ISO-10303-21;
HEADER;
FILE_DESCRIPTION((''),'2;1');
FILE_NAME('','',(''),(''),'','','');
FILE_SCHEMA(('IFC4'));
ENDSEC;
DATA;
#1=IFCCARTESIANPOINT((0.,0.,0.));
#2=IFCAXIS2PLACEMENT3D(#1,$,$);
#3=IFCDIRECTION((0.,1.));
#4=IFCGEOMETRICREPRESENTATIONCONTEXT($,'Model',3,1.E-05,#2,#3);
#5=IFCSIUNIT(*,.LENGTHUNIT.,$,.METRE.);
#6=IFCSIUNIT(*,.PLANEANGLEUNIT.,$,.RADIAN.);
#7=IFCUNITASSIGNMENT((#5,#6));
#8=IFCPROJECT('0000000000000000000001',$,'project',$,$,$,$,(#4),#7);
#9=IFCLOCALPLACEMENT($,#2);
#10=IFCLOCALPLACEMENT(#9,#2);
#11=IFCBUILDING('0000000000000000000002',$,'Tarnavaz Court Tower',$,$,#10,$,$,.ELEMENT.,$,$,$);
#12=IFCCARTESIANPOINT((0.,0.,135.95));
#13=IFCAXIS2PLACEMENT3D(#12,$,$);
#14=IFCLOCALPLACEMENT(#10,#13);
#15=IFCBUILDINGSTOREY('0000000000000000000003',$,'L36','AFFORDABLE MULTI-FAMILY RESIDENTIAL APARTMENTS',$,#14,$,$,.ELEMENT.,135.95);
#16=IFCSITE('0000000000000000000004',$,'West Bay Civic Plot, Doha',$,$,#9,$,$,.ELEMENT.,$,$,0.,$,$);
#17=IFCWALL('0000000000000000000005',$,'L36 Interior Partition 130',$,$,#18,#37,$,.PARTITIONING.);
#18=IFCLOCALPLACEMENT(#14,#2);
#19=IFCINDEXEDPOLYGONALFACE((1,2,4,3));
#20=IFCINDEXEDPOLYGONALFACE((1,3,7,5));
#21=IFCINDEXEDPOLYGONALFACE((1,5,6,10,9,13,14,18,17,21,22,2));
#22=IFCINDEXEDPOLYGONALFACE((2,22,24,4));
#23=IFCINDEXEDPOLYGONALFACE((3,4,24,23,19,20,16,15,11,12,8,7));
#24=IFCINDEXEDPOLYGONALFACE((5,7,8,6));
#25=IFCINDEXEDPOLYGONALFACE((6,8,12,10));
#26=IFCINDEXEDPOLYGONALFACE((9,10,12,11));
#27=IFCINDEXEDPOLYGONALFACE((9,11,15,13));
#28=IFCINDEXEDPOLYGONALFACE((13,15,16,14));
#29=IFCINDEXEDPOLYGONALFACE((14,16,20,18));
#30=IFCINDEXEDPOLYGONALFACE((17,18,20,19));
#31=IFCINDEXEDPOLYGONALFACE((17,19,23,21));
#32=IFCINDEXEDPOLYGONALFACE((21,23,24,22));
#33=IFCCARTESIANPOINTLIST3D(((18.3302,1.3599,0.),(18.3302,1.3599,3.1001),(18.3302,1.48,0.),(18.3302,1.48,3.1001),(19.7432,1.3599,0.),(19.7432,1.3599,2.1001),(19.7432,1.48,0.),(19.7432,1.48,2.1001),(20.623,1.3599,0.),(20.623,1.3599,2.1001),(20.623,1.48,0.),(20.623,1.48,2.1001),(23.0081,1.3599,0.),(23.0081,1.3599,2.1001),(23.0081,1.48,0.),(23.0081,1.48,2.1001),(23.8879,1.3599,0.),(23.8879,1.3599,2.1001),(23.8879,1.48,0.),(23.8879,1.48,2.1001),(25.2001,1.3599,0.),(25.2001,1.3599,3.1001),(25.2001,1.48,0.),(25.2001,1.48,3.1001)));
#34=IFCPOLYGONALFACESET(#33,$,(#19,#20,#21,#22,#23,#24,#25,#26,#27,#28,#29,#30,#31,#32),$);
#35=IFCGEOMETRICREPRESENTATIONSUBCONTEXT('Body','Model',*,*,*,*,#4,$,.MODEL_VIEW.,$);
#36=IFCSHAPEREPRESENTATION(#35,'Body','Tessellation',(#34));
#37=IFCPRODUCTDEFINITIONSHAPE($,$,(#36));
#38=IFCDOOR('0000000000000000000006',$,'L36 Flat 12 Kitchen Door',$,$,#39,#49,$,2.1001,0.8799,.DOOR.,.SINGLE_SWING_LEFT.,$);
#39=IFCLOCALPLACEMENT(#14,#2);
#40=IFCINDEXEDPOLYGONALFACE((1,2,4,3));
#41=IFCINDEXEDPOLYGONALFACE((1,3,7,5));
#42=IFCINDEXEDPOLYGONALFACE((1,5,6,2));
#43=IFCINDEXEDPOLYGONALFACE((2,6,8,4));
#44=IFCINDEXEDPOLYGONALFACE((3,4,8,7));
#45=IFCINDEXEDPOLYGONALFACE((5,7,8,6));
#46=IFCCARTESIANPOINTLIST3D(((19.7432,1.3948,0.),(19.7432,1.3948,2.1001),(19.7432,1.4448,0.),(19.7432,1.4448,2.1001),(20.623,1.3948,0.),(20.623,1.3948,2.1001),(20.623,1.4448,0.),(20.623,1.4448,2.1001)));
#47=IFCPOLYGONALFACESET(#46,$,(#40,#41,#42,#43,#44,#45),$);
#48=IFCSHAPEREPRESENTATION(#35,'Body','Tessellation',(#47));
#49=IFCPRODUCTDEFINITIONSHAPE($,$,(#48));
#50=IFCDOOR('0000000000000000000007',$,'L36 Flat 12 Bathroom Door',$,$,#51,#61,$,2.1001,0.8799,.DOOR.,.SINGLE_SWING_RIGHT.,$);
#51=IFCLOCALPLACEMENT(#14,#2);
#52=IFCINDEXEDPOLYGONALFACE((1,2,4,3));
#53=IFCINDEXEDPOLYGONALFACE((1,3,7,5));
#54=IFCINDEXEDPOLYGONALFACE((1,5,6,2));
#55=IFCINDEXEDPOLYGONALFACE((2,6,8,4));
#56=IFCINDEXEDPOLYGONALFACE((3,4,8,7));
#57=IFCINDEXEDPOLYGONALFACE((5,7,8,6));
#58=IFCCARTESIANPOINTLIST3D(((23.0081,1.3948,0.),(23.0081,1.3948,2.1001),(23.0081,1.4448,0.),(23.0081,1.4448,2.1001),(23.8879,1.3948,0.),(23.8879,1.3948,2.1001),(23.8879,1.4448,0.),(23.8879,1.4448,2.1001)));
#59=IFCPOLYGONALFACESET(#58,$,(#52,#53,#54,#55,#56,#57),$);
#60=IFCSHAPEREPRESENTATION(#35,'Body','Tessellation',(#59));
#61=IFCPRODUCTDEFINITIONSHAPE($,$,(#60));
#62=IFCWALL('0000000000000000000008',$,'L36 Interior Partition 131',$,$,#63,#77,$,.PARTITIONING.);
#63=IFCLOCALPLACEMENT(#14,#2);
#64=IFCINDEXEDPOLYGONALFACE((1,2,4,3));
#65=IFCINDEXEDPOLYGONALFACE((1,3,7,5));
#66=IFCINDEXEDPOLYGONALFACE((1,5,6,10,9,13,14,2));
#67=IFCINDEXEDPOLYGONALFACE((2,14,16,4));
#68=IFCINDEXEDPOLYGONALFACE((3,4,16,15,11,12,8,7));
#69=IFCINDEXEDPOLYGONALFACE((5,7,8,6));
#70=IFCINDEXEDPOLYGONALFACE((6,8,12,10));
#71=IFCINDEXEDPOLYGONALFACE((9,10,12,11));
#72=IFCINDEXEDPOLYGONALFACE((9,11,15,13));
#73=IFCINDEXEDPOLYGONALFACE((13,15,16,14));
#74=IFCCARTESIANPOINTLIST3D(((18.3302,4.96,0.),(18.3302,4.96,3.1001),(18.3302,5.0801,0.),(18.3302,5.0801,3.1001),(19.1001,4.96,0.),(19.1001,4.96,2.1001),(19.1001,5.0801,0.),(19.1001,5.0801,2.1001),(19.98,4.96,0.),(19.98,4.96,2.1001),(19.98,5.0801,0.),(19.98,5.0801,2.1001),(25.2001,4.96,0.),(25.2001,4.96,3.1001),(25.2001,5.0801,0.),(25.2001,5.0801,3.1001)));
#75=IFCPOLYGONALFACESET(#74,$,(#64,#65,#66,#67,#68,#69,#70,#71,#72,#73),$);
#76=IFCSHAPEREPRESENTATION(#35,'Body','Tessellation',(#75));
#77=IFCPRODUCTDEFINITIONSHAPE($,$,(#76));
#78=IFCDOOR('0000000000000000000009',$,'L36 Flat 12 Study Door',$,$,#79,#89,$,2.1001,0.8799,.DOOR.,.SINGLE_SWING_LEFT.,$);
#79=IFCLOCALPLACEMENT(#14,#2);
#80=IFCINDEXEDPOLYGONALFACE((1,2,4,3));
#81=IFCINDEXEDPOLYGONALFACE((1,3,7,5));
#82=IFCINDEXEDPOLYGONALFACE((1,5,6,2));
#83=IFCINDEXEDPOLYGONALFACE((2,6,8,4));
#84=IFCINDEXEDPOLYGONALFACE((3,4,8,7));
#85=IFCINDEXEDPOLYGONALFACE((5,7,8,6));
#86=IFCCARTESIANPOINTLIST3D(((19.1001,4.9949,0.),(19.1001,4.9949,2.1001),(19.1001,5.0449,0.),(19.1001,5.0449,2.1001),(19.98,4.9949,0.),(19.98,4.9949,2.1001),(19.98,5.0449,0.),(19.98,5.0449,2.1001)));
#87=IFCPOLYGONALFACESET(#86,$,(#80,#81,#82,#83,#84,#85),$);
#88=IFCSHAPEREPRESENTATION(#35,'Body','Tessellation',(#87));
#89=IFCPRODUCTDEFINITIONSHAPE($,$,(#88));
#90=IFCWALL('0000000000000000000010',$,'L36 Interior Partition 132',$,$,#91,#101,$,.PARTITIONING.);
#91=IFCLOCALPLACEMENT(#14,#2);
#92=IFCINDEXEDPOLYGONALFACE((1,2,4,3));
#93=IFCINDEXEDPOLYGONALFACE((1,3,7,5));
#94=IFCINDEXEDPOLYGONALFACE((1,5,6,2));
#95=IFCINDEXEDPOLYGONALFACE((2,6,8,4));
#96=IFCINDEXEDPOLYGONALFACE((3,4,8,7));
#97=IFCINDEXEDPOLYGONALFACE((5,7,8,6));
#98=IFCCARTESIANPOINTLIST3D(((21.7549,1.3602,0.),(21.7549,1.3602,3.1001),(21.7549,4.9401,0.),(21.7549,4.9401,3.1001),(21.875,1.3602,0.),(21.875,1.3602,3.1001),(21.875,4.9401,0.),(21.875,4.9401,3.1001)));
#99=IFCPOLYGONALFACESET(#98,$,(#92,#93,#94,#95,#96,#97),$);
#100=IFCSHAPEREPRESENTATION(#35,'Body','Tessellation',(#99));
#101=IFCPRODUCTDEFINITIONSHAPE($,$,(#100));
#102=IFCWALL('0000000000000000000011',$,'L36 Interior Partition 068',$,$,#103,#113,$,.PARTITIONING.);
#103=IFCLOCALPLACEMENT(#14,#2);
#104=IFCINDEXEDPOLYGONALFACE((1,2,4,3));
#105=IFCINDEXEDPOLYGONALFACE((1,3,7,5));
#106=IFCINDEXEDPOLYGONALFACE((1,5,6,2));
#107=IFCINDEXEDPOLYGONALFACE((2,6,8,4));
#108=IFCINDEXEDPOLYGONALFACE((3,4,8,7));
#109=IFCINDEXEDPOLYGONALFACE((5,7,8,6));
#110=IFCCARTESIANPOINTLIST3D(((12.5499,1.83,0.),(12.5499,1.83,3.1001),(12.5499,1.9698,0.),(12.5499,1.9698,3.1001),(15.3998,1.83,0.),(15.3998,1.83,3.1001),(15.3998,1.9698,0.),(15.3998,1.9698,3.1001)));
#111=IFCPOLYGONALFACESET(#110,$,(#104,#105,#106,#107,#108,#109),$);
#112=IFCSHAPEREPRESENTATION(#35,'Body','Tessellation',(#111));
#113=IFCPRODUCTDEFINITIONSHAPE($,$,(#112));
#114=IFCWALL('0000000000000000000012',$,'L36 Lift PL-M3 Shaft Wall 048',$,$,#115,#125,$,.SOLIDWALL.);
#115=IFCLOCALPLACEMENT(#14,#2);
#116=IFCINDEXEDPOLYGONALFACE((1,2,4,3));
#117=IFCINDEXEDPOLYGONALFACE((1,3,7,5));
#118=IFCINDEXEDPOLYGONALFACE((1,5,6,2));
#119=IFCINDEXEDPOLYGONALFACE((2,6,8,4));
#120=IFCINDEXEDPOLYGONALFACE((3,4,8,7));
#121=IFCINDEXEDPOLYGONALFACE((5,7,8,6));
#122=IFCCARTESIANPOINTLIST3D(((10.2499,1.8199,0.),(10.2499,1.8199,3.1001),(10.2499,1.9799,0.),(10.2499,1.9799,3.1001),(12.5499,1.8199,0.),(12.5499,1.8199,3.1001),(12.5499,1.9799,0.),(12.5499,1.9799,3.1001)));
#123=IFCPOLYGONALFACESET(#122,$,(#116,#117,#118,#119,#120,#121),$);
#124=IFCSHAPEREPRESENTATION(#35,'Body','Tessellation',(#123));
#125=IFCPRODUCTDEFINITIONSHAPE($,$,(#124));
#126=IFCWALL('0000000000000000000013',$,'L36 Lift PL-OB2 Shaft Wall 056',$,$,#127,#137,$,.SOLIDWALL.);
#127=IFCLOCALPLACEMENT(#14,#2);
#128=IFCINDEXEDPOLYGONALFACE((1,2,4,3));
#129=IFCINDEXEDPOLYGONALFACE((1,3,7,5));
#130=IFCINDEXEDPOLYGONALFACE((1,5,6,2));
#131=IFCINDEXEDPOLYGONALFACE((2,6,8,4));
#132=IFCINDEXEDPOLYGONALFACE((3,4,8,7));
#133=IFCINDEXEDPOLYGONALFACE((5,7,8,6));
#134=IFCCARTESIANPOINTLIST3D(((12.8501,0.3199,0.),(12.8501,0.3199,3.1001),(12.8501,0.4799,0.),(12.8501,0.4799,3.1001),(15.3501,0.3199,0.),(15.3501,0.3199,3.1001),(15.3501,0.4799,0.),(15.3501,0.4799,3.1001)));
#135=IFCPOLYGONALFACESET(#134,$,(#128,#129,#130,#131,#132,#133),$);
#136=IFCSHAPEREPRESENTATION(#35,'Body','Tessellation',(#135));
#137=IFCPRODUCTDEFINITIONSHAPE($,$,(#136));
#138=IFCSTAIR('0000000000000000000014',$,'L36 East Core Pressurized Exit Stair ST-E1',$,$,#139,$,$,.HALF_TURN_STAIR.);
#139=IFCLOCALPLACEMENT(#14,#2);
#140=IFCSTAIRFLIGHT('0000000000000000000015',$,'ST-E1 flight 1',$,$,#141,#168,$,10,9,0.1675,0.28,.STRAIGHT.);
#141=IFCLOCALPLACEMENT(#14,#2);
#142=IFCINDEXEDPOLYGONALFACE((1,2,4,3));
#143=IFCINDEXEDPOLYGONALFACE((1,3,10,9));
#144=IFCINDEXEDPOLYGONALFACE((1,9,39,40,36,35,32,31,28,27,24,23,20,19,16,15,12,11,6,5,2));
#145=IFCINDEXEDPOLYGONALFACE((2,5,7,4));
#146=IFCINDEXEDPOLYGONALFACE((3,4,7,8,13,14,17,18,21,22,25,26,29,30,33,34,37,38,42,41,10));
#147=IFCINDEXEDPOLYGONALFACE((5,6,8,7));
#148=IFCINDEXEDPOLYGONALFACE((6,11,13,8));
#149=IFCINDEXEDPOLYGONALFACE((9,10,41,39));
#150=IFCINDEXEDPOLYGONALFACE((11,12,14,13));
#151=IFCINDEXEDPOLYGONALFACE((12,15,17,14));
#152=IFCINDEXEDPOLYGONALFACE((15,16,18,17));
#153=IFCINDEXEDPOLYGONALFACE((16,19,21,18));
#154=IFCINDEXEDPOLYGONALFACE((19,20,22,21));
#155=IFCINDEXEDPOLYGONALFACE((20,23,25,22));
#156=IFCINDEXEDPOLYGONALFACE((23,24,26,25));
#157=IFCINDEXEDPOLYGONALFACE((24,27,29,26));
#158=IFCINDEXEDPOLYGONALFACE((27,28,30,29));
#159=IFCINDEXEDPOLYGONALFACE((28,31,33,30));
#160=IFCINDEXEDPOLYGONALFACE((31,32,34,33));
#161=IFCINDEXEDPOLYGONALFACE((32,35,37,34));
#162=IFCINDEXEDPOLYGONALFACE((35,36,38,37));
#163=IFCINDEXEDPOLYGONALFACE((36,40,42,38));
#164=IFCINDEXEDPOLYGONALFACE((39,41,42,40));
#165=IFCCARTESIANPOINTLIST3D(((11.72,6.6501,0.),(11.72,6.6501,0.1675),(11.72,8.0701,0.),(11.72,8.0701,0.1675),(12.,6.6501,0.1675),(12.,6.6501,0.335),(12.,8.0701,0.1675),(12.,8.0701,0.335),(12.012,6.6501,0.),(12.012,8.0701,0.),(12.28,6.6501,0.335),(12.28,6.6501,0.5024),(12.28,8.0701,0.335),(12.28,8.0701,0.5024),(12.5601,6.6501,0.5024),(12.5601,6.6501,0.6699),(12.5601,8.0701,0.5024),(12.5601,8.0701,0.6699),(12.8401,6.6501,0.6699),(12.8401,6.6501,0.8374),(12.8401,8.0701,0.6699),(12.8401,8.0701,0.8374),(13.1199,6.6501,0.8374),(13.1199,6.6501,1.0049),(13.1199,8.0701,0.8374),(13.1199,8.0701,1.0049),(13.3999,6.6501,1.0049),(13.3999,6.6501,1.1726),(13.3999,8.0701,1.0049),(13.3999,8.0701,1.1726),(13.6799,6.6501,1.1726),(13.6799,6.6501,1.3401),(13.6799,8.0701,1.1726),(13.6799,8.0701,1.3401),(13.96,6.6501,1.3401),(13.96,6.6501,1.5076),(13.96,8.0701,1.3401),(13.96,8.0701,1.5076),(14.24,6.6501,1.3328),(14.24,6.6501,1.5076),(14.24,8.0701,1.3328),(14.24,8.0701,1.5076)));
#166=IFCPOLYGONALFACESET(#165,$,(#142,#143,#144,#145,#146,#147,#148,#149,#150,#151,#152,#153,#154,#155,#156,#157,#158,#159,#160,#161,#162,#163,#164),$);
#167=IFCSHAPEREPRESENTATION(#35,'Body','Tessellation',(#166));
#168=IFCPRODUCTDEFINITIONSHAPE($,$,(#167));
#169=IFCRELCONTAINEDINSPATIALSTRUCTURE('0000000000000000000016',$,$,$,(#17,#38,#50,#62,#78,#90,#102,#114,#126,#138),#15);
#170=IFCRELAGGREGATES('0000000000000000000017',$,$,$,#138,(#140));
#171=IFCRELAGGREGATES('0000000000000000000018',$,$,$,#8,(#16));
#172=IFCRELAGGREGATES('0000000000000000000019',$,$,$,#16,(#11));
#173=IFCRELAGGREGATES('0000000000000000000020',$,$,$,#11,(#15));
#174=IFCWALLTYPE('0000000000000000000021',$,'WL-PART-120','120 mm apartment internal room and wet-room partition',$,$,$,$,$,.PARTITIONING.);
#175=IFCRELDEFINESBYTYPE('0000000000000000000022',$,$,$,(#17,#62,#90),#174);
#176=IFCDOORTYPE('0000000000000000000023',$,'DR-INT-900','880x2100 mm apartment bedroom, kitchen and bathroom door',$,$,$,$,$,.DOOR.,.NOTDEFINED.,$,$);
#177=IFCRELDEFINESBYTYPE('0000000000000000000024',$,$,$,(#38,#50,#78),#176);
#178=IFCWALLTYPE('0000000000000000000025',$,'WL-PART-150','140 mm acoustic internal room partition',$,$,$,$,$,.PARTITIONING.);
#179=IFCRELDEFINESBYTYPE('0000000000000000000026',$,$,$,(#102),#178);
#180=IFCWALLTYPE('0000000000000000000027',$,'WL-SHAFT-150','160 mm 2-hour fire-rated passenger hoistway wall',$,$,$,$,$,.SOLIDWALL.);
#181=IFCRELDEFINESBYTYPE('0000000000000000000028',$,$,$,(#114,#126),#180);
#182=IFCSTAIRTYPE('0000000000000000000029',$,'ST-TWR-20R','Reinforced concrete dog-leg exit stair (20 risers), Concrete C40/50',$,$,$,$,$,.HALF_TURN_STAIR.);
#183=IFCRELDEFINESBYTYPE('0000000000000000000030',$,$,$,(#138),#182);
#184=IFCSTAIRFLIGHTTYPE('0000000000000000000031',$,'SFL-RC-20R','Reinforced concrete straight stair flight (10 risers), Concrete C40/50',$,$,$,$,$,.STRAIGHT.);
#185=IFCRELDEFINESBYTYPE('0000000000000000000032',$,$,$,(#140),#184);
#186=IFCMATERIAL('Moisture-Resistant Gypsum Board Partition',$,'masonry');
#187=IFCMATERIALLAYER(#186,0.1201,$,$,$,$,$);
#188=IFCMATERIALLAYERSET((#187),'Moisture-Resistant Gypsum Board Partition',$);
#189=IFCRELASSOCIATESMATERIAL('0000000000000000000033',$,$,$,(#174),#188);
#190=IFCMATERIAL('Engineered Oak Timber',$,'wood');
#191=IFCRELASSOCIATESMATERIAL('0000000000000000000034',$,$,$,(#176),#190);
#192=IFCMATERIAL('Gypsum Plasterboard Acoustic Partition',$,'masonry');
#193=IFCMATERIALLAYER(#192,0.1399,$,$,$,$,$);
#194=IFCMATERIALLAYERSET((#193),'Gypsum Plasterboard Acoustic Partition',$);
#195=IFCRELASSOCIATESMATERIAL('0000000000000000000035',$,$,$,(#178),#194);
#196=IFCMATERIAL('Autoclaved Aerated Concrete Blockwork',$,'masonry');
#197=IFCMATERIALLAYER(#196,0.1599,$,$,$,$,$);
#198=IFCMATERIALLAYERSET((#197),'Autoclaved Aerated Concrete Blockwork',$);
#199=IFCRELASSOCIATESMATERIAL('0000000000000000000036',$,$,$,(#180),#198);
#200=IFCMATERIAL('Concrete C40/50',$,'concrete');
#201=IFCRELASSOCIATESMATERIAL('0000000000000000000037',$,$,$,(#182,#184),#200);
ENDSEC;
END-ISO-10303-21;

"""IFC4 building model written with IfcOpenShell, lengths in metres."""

from ifc_helpers import new_model, si_unit, direction, frame, frame_2d, origin, place, context, subcontext, project, spatial, polyline, rectangle, outline, extrude, material, layer, layer_set, type_object, element, fill, aggregate, save


model = new_model("IFC4")

# Units and contexts
model_context = context("Model", 3, precision=1e-05, world=origin(), true_north=direction((0.0, 1.0)))
body_context = subcontext(model_context, "Body", "Model", "MODEL_VIEW")
ifc_project = project(units=[si_unit("LENGTHUNIT", "METRE"), si_unit("PLANEANGLEUNIT", "RADIAN")], contexts=[model_context])

# Site, building, storey
site_placement = place(None, origin())
site = spatial("IfcSite", under=ifc_project, at=site_placement, Name="West Bay Civic Plot, Doha", CompositionType="ELEMENT", RefElevation=0.0)
building_placement = place(site_placement, origin())
building = spatial("IfcBuilding", under=site, at=building_placement, Name="Tarnavaz Court Tower", CompositionType="ELEMENT")
storey_placement = place(building_placement, frame((0.0, 0.0, 135.95)))
storey = spatial("IfcBuildingStorey", under=building, at=storey_placement, Name="L36", Description="AFFORDABLE MULTI-FAMILY RESIDENTIAL APARTMENTS", CompositionType="ELEMENT", Elevation=135.95)

# Wall, openings, doors
ifc_material_1 = material(Name="Moisture-Resistant Gypsum Board Partition", Category="masonry")
ifc_layer_1 = layer(ifc_material_1, 0.1201)
ifc_layer_set_1 = layer_set([ifc_layer_1], Name="Moisture-Resistant Gypsum Board Partition")
wall_type_1 = type_object("IfcWallType", Name="WL-PART-120", Description="120 mm apartment internal room and wet-room partition", PredefinedType="PARTITIONING", material=ifc_layer_set_1)
wall_1_placement = place(storey_placement, frame((18.3301, 1.4199, 0.0), z_axis=(0.0, 0.0, 1.0), x_axis=(1.0, 0.0, 0.0)))
wall_1 = element("IfcWall", 1, at=wall_1_placement, inside=storey, type_object=wall_type_1, Name="L36 Interior Partition 130", PredefinedType="PARTITIONING", context=body_context, shape_type="SweptSolid", body=[
    extrude(rectangle(XDim=6.8699, YDim=0.1201, at=frame_2d((3.4351, 0.0))), origin(), (0.0, 0.0, 1.0), 3.1001),
])
opening_1_placement = place(wall_1_placement, frame((1.4131, 0.0, 0.0)))
opening_1 = element("IfcOpeningElement", 2, at=opening_1_placement, cuts=wall_1, PredefinedType="OPENING", context=body_context, shape_type="SweptSolid", body=[
    extrude(rectangle(XDim=0.8799, YDim=2.1001, at=frame_2d((0.4399, 1.05))), frame((0.0, 0.0701, 0.0), z_axis=(0.0, -1.0, 0.0), x_axis=(1.0, 0.0, 0.0)), (0.0, 0.0, 1.0), 0.1401),
])
opening_2_placement = place(wall_1_placement, frame((4.678, 0.0, 0.0)))
opening_2 = element("IfcOpeningElement", 3, at=opening_2_placement, cuts=wall_1, PredefinedType="OPENING", context=body_context, shape_type="SweptSolid", body=[
    extrude(rectangle(XDim=0.8799, YDim=2.1001, at=frame_2d((0.4399, 1.05))), frame((0.0, 0.0701, 0.0), z_axis=(0.0, -1.0, 0.0), x_axis=(1.0, 0.0, 0.0)), (0.0, 0.0, 1.0), 0.1401),
])
ifc_material_2 = material(Name="Engineered Oak Timber", Category="wood")
door_type_1 = type_object("IfcDoorType", Name="DR-INT-900", Description="880x2100 mm apartment bedroom, kitchen and bathroom door", OperationType="NOTDEFINED", PredefinedType="DOOR", material=ifc_material_2)
door_1_placement = place(opening_1_placement, origin())
door_1 = element("IfcDoor", 4, at=door_1_placement, inside=storey, type_object=door_type_1, Name="L36 Flat 12 Kitchen Door", OperationType="SINGLE_SWING_LEFT", OverallHeight=2.1001, OverallWidth=0.8799, PredefinedType="DOOR", context=body_context, shape_type="SweptSolid", body=[
    extrude(rectangle(XDim=0.8799, YDim=2.1001, at=frame_2d((0.4399, 1.05))), frame((0.0, 0.0249, 0.0), z_axis=(0.0, -1.0, 0.0), x_axis=(1.0, 0.0, 0.0)), (0.0, 0.0, 1.0), 0.05),
])
fill(opening_1, door_1)
door_2_placement = place(opening_2_placement, origin())
door_2 = element("IfcDoor", 5, at=door_2_placement, inside=storey, type_object=door_type_1, Name="L36 Flat 12 Bathroom Door", OperationType="SINGLE_SWING_RIGHT", OverallHeight=2.1001, OverallWidth=0.8799, PredefinedType="DOOR", context=body_context, shape_type="SweptSolid", body=[
    extrude(rectangle(XDim=0.8799, YDim=2.1001, at=frame_2d((0.4399, 1.05))), frame((0.0, 0.0249, 0.0), z_axis=(0.0, -1.0, 0.0), x_axis=(1.0, 0.0, 0.0)), (0.0, 0.0, 1.0), 0.05),
])
fill(opening_2, door_2)

# Wall, opening, door
wall_2_placement = place(storey_placement, frame((18.3301, 5.02, 0.0), z_axis=(0.0, 0.0, 1.0), x_axis=(1.0, 0.0, 0.0)))
wall_2 = element("IfcWall", 6, at=wall_2_placement, inside=storey, type_object=wall_type_1, Name="L36 Interior Partition 131", PredefinedType="PARTITIONING", context=body_context, shape_type="SweptSolid", body=[
    extrude(rectangle(XDim=6.8699, YDim=0.1201, at=frame_2d((3.4351, 0.0))), origin(), (0.0, 0.0, 1.0), 3.1001),
])
opening_3_placement = place(wall_2_placement, frame((0.77, 0.0, 0.0)))
opening_3 = element("IfcOpeningElement", 7, at=opening_3_placement, cuts=wall_2, PredefinedType="OPENING", context=body_context, shape_type="SweptSolid", body=[
    extrude(rectangle(XDim=0.8799, YDim=2.1001, at=frame_2d((0.4399, 1.05))), frame((0.0, 0.0701, 0.0), z_axis=(0.0, -1.0, 0.0), x_axis=(1.0, 0.0, 0.0)), (0.0, 0.0, 1.0), 0.1401),
])
door_3_placement = place(opening_3_placement, origin())
door_3 = element("IfcDoor", 8, at=door_3_placement, inside=storey, type_object=door_type_1, Name="L36 Flat 12 Study Door", OperationType="SINGLE_SWING_LEFT", OverallHeight=2.1001, OverallWidth=0.8799, PredefinedType="DOOR", context=body_context, shape_type="SweptSolid", body=[
    extrude(rectangle(XDim=0.8799, YDim=2.1001, at=frame_2d((0.4399, 1.05))), frame((0.0, 0.0249, 0.0), z_axis=(0.0, -1.0, 0.0), x_axis=(1.0, 0.0, 0.0)), (0.0, 0.0, 1.0), 0.05),
])
fill(opening_3, door_3)

# Walls
wall_3_placement = place(storey_placement, frame((21.8149, 1.3601, 0.0), z_axis=(0.0, 0.0, 1.0), x_axis=(0.0, 1.0, 0.0)))
element("IfcWall", 9, at=wall_3_placement, inside=storey, type_object=wall_type_1, Name="L36 Interior Partition 132", PredefinedType="PARTITIONING", context=body_context, shape_type="SweptSolid", body=[
    extrude(rectangle(XDim=3.5798, YDim=0.1201, at=frame_2d((1.79, 0.0))), origin(), (0.0, 0.0, 1.0), 3.1001),
])
ifc_material_3 = material(Name="Gypsum Plasterboard Acoustic Partition", Category="masonry")
ifc_layer_2 = layer(ifc_material_3, 0.1399)
ifc_layer_set_2 = layer_set([ifc_layer_2], Name="Gypsum Plasterboard Acoustic Partition")
wall_type_2 = type_object("IfcWallType", Name="WL-PART-150", Description="140 mm acoustic internal room partition", PredefinedType="PARTITIONING", material=ifc_layer_set_2)
wall_4_placement = place(storey_placement, frame((12.55, 1.8999, 0.0), z_axis=(0.0, 0.0, 1.0), x_axis=(1.0, 0.0, 0.0)))
element("IfcWall", 10, at=wall_4_placement, inside=storey, type_object=wall_type_2, Name="L36 Interior Partition 068", PredefinedType="PARTITIONING", context=body_context, shape_type="SweptSolid", body=[
    extrude(rectangle(XDim=2.8499, YDim=0.1399, at=frame_2d((1.4248, 0.0))), origin(), (0.0, 0.0, 1.0), 3.1001),
])
ifc_material_4 = material(Name="Autoclaved Aerated Concrete Blockwork", Category="masonry")
ifc_layer_3 = layer(ifc_material_4, 0.1599)
ifc_layer_set_3 = layer_set([ifc_layer_3], Name="Autoclaved Aerated Concrete Blockwork")
wall_type_3 = type_object("IfcWallType", Name="WL-SHAFT-150", Description="160 mm 2-hour fire-rated passenger hoistway wall", PredefinedType="SOLIDWALL", material=ifc_layer_set_3)
wall_5_placement = place(storey_placement, frame((10.25, 1.8999, 0.0), z_axis=(0.0, 0.0, 1.0), x_axis=(1.0, 0.0, 0.0)))
element("IfcWall", 11, at=wall_5_placement, inside=storey, type_object=wall_type_3, Name="L36 Lift PL-M3 Shaft Wall 048", PredefinedType="SOLIDWALL", context=body_context, shape_type="SweptSolid", body=[
    extrude(rectangle(XDim=2.3, YDim=0.1599, at=frame_2d((1.1499, 0.0))), origin(), (0.0, 0.0, 1.0), 3.1001),
])
wall_6_placement = place(storey_placement, frame((12.8501, 0.3999, 0.0), z_axis=(0.0, 0.0, 1.0), x_axis=(1.0, 0.0, 0.0)))
element("IfcWall", 12, at=wall_6_placement, inside=storey, type_object=wall_type_3, Name="L36 Lift PL-OB2 Shaft Wall 056", PredefinedType="SOLIDWALL", context=body_context, shape_type="SweptSolid", body=[
    extrude(rectangle(XDim=2.5, YDim=0.1599, at=frame_2d((1.25, 0.0))), origin(), (0.0, 0.0, 1.0), 3.1001),
])

# Stair, stair flight
ifc_material_5 = material(Name="Concrete C40/50", Category="concrete")
stair_type = type_object("IfcStairType", Name="ST-TWR-20R", Description="Reinforced concrete dog-leg exit stair (20 risers), Concrete C40/50", PredefinedType="HALF_TURN_STAIR", material=ifc_material_5)
stair_placement = place(storey_placement, origin())
stair = element("IfcStair", 13, at=stair_placement, inside=storey, type_object=stair_type, Name="L36 East Core Pressurized Exit Stair ST-E1", PredefinedType="HALF_TURN_STAIR")
stair_flight_type = type_object("IfcStairFlightType", Name="SFL-RC-20R", Description="Reinforced concrete straight stair flight (10 risers), Concrete C40/50", PredefinedType="STRAIGHT", material=ifc_material_5)
stair_flight_placement = place(storey_placement, frame((11.72, 7.3601, 0.0), z_axis=(0.0, 0.0, 1.0), x_axis=(1.0, 0.0, 0.0)))
stair_flight = element("IfcStairFlight", 14, at=stair_flight_placement, type_object=stair_flight_type, Name="ST-E1 flight 1", NumberOfRisers=10, NumberOfTreads=9, PredefinedType="STRAIGHT", RiserHeight=0.1675, TreadLength=0.28, context=body_context, shape_type="SweptSolid", body=[
    extrude(outline(polyline([(0.0, 0.0), (0.0, 0.1675), (0.28, 0.1675), (0.28, 0.335), (0.5601, 0.335), (0.5601, 0.5024), (0.8401, 0.5024), (0.8401, 0.6699), (1.1201, 0.6699), (1.1201, 0.8374), (1.3999, 0.8374), (1.3999, 1.0049), (1.6799, 1.0049), (1.6799, 1.1726), (1.96, 1.1726), (1.96, 1.3401), (2.24, 1.3401), (2.24, 1.5076), (2.52, 1.5076), (2.52, 1.675), (2.52, 1.3328), (0.292, 0.0), (0.0, 0.0)])), frame((0.0, 0.71, 0.0), z_axis=(0.0, -1.0, 0.0), x_axis=(1.0, 0.0, 0.0)), (0.0, 0.0, 1.0), 1.4199),
])
aggregate(stair, [stair_flight])

save(model, "model.ifc")
